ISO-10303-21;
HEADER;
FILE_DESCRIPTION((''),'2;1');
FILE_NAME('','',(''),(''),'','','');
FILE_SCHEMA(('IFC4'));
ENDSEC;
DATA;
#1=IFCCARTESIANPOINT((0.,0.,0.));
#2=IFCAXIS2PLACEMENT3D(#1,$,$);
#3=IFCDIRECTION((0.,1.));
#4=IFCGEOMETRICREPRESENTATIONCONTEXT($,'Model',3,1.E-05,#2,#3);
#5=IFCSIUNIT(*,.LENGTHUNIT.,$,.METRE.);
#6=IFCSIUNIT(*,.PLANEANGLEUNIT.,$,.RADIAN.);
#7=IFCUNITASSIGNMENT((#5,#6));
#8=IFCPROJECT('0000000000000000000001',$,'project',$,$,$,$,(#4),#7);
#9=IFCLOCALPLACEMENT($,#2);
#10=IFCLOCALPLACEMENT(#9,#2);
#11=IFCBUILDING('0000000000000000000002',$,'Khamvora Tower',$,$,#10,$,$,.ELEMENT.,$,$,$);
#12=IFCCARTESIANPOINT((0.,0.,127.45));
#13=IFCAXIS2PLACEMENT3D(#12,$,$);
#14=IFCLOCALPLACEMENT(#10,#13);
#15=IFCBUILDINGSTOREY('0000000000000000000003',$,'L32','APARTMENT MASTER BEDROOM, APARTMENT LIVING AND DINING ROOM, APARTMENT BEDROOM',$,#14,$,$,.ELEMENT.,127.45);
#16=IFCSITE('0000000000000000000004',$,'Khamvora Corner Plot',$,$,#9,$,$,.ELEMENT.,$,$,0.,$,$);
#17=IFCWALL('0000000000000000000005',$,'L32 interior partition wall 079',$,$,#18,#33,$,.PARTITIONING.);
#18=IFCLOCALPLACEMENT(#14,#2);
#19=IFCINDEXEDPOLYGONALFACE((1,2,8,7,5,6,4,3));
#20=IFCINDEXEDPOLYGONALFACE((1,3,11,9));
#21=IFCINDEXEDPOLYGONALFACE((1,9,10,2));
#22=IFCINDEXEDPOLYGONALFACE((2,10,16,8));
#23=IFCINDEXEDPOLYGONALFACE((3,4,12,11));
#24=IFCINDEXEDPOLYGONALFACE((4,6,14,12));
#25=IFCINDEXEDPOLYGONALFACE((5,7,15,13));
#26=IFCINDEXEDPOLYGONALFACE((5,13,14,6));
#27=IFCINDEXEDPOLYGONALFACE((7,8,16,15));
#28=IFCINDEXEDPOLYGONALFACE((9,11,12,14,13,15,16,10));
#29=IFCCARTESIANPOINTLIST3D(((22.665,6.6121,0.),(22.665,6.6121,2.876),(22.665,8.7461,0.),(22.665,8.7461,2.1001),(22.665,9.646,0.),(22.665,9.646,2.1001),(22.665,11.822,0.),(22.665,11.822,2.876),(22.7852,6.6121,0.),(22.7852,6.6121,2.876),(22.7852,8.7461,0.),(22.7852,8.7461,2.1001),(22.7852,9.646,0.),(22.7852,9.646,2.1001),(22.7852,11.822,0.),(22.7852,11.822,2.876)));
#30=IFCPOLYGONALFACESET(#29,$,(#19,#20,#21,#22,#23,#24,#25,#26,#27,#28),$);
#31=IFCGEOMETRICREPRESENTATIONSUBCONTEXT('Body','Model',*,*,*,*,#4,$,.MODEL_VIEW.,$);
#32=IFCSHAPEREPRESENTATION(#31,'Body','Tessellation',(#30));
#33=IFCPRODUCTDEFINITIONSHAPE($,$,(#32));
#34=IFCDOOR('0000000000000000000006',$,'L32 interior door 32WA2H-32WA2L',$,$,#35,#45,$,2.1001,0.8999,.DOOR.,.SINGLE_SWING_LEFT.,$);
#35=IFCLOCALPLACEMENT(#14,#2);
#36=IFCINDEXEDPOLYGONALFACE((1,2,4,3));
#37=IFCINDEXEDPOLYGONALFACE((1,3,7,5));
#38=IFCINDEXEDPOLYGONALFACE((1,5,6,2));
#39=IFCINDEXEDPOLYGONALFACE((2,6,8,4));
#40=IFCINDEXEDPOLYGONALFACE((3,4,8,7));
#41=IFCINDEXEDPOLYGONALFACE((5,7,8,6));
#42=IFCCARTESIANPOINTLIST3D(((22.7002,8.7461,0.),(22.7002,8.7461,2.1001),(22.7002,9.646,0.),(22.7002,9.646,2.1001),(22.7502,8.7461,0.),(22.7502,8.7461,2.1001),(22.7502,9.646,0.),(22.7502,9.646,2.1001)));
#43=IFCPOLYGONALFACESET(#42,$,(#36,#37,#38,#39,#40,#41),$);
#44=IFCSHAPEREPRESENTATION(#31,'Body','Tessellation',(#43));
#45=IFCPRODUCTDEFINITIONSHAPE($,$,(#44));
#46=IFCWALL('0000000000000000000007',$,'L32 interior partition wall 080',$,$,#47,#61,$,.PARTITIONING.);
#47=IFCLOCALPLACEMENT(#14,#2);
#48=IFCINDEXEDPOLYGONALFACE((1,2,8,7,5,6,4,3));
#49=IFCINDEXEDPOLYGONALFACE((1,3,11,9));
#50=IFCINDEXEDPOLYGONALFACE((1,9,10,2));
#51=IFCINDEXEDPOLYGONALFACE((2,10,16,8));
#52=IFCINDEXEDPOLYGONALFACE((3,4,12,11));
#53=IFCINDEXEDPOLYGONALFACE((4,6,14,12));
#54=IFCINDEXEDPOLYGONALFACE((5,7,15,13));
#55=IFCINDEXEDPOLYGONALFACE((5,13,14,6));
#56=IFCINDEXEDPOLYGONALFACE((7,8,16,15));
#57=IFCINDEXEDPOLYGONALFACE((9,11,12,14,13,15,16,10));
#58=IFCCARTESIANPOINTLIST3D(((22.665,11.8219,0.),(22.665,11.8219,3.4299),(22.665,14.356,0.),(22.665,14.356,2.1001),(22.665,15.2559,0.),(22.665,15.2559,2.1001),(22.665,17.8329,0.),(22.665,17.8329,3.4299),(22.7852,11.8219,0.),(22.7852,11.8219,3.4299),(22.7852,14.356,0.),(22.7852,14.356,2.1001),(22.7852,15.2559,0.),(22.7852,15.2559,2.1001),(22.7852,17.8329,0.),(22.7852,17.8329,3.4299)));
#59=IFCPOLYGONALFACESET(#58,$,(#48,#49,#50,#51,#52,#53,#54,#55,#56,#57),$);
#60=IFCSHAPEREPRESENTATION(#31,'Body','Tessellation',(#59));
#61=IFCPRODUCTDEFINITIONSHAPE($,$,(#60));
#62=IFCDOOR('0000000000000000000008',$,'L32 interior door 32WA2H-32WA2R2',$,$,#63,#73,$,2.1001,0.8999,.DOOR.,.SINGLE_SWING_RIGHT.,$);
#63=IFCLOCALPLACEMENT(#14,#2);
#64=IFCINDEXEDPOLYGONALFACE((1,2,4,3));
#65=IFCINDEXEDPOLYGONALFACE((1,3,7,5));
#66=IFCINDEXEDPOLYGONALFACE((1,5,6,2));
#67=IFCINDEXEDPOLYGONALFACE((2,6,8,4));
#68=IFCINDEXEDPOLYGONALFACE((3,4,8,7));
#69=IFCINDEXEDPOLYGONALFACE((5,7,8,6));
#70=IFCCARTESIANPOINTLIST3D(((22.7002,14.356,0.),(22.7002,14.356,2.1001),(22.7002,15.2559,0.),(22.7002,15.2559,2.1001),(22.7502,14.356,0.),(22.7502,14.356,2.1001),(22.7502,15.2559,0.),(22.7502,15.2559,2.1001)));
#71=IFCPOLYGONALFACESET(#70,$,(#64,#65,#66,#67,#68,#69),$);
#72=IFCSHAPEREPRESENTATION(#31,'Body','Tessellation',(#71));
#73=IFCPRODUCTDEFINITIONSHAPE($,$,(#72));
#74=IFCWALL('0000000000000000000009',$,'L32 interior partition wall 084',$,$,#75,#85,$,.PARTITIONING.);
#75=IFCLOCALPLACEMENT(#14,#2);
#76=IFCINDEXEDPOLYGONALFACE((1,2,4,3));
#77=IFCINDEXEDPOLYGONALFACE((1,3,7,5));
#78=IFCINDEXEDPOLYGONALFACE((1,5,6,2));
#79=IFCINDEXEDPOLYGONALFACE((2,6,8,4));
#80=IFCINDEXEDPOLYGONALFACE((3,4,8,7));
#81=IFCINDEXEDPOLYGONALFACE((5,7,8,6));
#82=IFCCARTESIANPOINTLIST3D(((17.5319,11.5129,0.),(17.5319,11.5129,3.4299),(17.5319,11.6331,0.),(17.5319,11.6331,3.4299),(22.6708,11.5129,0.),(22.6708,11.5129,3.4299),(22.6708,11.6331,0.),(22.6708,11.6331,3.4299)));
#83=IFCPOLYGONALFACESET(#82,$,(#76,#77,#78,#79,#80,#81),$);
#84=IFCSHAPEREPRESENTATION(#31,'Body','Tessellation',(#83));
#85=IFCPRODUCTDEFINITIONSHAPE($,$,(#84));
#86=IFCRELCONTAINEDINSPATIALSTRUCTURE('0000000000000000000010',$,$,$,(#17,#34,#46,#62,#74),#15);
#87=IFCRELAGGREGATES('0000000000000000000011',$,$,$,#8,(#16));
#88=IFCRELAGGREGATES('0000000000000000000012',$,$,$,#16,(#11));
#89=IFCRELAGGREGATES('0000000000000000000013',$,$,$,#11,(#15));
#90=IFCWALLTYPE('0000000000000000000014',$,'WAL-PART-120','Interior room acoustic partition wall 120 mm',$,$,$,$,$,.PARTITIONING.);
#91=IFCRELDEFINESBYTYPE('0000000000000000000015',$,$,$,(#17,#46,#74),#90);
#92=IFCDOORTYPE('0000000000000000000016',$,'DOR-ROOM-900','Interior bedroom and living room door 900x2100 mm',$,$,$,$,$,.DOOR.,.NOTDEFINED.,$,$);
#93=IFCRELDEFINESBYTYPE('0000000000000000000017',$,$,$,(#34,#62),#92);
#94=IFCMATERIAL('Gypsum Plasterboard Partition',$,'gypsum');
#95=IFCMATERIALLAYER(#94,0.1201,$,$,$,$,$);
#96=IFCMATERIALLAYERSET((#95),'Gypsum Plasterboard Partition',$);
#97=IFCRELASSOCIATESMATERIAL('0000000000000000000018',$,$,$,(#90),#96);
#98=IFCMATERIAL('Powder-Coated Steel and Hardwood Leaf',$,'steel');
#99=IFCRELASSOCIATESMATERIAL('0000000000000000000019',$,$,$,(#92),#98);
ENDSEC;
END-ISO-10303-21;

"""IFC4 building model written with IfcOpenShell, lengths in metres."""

from ifc_helpers import new_model, si_unit, direction, frame, frame_2d, origin, place, context, subcontext, project, spatial, rectangle, extrude, material, layer, layer_set, type_object, element, fill, save


model = new_model("IFC4")

# Units and contexts
model_context = context("Model", 3, precision=1e-05, world=origin(), true_north=direction((0.0, 1.0)))
body_context = subcontext(model_context, "Body", "Model", "MODEL_VIEW")
ifc_project = project(units=[si_unit("LENGTHUNIT", "METRE"), si_unit("PLANEANGLEUNIT", "RADIAN")], contexts=[model_context])

# Site, building, storey
site_placement = place(None, origin())
site = spatial("IfcSite", under=ifc_project, at=site_placement, Name="Khamvora Corner Plot", CompositionType="ELEMENT", RefElevation=0.0)
building_placement = place(site_placement, origin())
building = spatial("IfcBuilding", under=site, at=building_placement, Name="Khamvora Tower", CompositionType="ELEMENT")
storey_placement = place(building_placement, frame((0.0, 0.0, 127.45)))
storey = spatial("IfcBuildingStorey", under=building, at=storey_placement, Name="L32", Description="APARTMENT MASTER BEDROOM, APARTMENT LIVING AND DINING ROOM, APARTMENT BEDROOM", CompositionType="ELEMENT", Elevation=127.45)

# Shared definitions
ifc_material_1 = material(Name="Gypsum Plasterboard Partition", Category="gypsum")
ifc_layer_1 = layer(ifc_material_1, 0.1201)
ifc_layer_set_1 = layer_set([ifc_layer_1], Name="Gypsum Plasterboard Partition")
wall_type_1 = type_object("IfcWallType", Name="WAL-PART-120", Description="Interior room acoustic partition wall 120 mm", PredefinedType="PARTITIONING", material=ifc_layer_set_1)
ifc_material_2 = material(Name="Powder-Coated Steel and Hardwood Leaf", Category="steel")
door_type = type_object("IfcDoorType", Name="DOR-ROOM-900", Description="Interior bedroom and living room door 900x2100 mm", OperationType="NOTDEFINED", PredefinedType="DOOR", material=ifc_material_2)

# Walls, openings, doors
wall_1_placement = place(storey_placement, frame((22.7251, 6.6121, 0.0), z_axis=(0.0, 0.0, 1.0), x_axis=(0.0, 1.0, 0.0)))
wall_1 = element("IfcWall", 1, at=wall_1_placement, inside=storey, type_object=wall_type_1, Name="L32 interior partition wall 079", PredefinedType="PARTITIONING", context=body_context, shape_type="SweptSolid", body=[
    extrude(rectangle(XDim=5.21, YDim=0.1201, at=frame_2d((2.605, 0.0))), origin(), (0.0, 0.0, 1.0), 2.876),
])
opening_1_placement = place(wall_1_placement, frame((2.134, 0.0, 0.0)))
opening_1 = element("IfcOpeningElement", 2, at=opening_1_placement, cuts=wall_1, PredefinedType="OPENING", context=body_context, shape_type="SweptSolid", body=[
    extrude(rectangle(XDim=0.8999, YDim=2.1001, at=frame_2d((0.45, 1.05))), frame((0.0, 0.0701, 0.0), z_axis=(0.0, -1.0, 0.0), x_axis=(1.0, 0.0, 0.0)), (0.0, 0.0, 1.0), 0.1401),
])
door_1_placement = place(opening_1_placement, origin())
door_1 = element("IfcDoor", 3, at=door_1_placement, inside=storey, type_object=door_type, Name="L32 interior door 32WA2H-32WA2L", OperationType="SINGLE_SWING_LEFT", OverallHeight=2.1001, OverallWidth=0.8999, PredefinedType="DOOR", context=body_context, shape_type="SweptSolid", body=[
    extrude(rectangle(XDim=0.8999, YDim=2.1001, at=frame_2d((0.45, 1.05))), frame((0.0, 0.0249, 0.0), z_axis=(0.0, -1.0, 0.0), x_axis=(1.0, 0.0, 0.0)), (0.0, 0.0, 1.0), 0.05),
])
fill(opening_1, door_1)
wall_2_placement = place(storey_placement, frame((22.7251, 11.822, 0.0), z_axis=(0.0, 0.0, 1.0), x_axis=(0.0, 1.0, 0.0)))
wall_2 = element("IfcWall", 4, at=wall_2_placement, inside=storey, type_object=wall_type_1, Name="L32 interior partition wall 080", PredefinedType="PARTITIONING", context=body_context, shape_type="SweptSolid", body=[
    extrude(rectangle(XDim=6.011, YDim=0.1201, at=frame_2d((3.0054, 0.0))), origin(), (0.0, 0.0, 1.0), 3.4299),
])
opening_2_placement = place(wall_2_placement, frame((2.5339, 0.0, 0.0)))
opening_2 = element("IfcOpeningElement", 5, at=opening_2_placement, cuts=wall_2, PredefinedType="OPENING", context=body_context, shape_type="SweptSolid", body=[
    extrude(rectangle(XDim=0.8999, YDim=2.1001, at=frame_2d((0.45, 1.05))), frame((0.0, 0.0701, 0.0), z_axis=(0.0, -1.0, 0.0), x_axis=(1.0, 0.0, 0.0)), (0.0, 0.0, 1.0), 0.1401),
])
door_2_placement = place(opening_2_placement, origin())
door_2 = element("IfcDoor", 6, at=door_2_placement, inside=storey, type_object=door_type, Name="L32 interior door 32WA2H-32WA2R2", OperationType="SINGLE_SWING_RIGHT", OverallHeight=2.1001, OverallWidth=0.8999, PredefinedType="DOOR", context=body_context, shape_type="SweptSolid", body=[
    extrude(rectangle(XDim=0.8999, YDim=2.1001, at=frame_2d((0.45, 1.05))), frame((0.0, 0.0249, 0.0), z_axis=(0.0, -1.0, 0.0), x_axis=(1.0, 0.0, 0.0)), (0.0, 0.0, 1.0), 0.05),
])
fill(opening_2, door_2)

# Wall
wall_3_placement = place(storey_placement, frame((17.532, 11.573, 0.0), z_axis=(0.0, 0.0, 1.0), x_axis=(1.0, 0.0, 0.0)))
element("IfcWall", 7, at=wall_3_placement, inside=storey, type_object=wall_type_1, Name="L32 interior partition wall 084", PredefinedType="PARTITIONING", context=body_context, shape_type="SweptSolid", body=[
    extrude(rectangle(XDim=5.1389, YDim=0.1201, at=frame_2d((2.5693, 0.0))), origin(), (0.0, 0.0, 1.0), 3.4299),
])

save(model, "model.ifc")
